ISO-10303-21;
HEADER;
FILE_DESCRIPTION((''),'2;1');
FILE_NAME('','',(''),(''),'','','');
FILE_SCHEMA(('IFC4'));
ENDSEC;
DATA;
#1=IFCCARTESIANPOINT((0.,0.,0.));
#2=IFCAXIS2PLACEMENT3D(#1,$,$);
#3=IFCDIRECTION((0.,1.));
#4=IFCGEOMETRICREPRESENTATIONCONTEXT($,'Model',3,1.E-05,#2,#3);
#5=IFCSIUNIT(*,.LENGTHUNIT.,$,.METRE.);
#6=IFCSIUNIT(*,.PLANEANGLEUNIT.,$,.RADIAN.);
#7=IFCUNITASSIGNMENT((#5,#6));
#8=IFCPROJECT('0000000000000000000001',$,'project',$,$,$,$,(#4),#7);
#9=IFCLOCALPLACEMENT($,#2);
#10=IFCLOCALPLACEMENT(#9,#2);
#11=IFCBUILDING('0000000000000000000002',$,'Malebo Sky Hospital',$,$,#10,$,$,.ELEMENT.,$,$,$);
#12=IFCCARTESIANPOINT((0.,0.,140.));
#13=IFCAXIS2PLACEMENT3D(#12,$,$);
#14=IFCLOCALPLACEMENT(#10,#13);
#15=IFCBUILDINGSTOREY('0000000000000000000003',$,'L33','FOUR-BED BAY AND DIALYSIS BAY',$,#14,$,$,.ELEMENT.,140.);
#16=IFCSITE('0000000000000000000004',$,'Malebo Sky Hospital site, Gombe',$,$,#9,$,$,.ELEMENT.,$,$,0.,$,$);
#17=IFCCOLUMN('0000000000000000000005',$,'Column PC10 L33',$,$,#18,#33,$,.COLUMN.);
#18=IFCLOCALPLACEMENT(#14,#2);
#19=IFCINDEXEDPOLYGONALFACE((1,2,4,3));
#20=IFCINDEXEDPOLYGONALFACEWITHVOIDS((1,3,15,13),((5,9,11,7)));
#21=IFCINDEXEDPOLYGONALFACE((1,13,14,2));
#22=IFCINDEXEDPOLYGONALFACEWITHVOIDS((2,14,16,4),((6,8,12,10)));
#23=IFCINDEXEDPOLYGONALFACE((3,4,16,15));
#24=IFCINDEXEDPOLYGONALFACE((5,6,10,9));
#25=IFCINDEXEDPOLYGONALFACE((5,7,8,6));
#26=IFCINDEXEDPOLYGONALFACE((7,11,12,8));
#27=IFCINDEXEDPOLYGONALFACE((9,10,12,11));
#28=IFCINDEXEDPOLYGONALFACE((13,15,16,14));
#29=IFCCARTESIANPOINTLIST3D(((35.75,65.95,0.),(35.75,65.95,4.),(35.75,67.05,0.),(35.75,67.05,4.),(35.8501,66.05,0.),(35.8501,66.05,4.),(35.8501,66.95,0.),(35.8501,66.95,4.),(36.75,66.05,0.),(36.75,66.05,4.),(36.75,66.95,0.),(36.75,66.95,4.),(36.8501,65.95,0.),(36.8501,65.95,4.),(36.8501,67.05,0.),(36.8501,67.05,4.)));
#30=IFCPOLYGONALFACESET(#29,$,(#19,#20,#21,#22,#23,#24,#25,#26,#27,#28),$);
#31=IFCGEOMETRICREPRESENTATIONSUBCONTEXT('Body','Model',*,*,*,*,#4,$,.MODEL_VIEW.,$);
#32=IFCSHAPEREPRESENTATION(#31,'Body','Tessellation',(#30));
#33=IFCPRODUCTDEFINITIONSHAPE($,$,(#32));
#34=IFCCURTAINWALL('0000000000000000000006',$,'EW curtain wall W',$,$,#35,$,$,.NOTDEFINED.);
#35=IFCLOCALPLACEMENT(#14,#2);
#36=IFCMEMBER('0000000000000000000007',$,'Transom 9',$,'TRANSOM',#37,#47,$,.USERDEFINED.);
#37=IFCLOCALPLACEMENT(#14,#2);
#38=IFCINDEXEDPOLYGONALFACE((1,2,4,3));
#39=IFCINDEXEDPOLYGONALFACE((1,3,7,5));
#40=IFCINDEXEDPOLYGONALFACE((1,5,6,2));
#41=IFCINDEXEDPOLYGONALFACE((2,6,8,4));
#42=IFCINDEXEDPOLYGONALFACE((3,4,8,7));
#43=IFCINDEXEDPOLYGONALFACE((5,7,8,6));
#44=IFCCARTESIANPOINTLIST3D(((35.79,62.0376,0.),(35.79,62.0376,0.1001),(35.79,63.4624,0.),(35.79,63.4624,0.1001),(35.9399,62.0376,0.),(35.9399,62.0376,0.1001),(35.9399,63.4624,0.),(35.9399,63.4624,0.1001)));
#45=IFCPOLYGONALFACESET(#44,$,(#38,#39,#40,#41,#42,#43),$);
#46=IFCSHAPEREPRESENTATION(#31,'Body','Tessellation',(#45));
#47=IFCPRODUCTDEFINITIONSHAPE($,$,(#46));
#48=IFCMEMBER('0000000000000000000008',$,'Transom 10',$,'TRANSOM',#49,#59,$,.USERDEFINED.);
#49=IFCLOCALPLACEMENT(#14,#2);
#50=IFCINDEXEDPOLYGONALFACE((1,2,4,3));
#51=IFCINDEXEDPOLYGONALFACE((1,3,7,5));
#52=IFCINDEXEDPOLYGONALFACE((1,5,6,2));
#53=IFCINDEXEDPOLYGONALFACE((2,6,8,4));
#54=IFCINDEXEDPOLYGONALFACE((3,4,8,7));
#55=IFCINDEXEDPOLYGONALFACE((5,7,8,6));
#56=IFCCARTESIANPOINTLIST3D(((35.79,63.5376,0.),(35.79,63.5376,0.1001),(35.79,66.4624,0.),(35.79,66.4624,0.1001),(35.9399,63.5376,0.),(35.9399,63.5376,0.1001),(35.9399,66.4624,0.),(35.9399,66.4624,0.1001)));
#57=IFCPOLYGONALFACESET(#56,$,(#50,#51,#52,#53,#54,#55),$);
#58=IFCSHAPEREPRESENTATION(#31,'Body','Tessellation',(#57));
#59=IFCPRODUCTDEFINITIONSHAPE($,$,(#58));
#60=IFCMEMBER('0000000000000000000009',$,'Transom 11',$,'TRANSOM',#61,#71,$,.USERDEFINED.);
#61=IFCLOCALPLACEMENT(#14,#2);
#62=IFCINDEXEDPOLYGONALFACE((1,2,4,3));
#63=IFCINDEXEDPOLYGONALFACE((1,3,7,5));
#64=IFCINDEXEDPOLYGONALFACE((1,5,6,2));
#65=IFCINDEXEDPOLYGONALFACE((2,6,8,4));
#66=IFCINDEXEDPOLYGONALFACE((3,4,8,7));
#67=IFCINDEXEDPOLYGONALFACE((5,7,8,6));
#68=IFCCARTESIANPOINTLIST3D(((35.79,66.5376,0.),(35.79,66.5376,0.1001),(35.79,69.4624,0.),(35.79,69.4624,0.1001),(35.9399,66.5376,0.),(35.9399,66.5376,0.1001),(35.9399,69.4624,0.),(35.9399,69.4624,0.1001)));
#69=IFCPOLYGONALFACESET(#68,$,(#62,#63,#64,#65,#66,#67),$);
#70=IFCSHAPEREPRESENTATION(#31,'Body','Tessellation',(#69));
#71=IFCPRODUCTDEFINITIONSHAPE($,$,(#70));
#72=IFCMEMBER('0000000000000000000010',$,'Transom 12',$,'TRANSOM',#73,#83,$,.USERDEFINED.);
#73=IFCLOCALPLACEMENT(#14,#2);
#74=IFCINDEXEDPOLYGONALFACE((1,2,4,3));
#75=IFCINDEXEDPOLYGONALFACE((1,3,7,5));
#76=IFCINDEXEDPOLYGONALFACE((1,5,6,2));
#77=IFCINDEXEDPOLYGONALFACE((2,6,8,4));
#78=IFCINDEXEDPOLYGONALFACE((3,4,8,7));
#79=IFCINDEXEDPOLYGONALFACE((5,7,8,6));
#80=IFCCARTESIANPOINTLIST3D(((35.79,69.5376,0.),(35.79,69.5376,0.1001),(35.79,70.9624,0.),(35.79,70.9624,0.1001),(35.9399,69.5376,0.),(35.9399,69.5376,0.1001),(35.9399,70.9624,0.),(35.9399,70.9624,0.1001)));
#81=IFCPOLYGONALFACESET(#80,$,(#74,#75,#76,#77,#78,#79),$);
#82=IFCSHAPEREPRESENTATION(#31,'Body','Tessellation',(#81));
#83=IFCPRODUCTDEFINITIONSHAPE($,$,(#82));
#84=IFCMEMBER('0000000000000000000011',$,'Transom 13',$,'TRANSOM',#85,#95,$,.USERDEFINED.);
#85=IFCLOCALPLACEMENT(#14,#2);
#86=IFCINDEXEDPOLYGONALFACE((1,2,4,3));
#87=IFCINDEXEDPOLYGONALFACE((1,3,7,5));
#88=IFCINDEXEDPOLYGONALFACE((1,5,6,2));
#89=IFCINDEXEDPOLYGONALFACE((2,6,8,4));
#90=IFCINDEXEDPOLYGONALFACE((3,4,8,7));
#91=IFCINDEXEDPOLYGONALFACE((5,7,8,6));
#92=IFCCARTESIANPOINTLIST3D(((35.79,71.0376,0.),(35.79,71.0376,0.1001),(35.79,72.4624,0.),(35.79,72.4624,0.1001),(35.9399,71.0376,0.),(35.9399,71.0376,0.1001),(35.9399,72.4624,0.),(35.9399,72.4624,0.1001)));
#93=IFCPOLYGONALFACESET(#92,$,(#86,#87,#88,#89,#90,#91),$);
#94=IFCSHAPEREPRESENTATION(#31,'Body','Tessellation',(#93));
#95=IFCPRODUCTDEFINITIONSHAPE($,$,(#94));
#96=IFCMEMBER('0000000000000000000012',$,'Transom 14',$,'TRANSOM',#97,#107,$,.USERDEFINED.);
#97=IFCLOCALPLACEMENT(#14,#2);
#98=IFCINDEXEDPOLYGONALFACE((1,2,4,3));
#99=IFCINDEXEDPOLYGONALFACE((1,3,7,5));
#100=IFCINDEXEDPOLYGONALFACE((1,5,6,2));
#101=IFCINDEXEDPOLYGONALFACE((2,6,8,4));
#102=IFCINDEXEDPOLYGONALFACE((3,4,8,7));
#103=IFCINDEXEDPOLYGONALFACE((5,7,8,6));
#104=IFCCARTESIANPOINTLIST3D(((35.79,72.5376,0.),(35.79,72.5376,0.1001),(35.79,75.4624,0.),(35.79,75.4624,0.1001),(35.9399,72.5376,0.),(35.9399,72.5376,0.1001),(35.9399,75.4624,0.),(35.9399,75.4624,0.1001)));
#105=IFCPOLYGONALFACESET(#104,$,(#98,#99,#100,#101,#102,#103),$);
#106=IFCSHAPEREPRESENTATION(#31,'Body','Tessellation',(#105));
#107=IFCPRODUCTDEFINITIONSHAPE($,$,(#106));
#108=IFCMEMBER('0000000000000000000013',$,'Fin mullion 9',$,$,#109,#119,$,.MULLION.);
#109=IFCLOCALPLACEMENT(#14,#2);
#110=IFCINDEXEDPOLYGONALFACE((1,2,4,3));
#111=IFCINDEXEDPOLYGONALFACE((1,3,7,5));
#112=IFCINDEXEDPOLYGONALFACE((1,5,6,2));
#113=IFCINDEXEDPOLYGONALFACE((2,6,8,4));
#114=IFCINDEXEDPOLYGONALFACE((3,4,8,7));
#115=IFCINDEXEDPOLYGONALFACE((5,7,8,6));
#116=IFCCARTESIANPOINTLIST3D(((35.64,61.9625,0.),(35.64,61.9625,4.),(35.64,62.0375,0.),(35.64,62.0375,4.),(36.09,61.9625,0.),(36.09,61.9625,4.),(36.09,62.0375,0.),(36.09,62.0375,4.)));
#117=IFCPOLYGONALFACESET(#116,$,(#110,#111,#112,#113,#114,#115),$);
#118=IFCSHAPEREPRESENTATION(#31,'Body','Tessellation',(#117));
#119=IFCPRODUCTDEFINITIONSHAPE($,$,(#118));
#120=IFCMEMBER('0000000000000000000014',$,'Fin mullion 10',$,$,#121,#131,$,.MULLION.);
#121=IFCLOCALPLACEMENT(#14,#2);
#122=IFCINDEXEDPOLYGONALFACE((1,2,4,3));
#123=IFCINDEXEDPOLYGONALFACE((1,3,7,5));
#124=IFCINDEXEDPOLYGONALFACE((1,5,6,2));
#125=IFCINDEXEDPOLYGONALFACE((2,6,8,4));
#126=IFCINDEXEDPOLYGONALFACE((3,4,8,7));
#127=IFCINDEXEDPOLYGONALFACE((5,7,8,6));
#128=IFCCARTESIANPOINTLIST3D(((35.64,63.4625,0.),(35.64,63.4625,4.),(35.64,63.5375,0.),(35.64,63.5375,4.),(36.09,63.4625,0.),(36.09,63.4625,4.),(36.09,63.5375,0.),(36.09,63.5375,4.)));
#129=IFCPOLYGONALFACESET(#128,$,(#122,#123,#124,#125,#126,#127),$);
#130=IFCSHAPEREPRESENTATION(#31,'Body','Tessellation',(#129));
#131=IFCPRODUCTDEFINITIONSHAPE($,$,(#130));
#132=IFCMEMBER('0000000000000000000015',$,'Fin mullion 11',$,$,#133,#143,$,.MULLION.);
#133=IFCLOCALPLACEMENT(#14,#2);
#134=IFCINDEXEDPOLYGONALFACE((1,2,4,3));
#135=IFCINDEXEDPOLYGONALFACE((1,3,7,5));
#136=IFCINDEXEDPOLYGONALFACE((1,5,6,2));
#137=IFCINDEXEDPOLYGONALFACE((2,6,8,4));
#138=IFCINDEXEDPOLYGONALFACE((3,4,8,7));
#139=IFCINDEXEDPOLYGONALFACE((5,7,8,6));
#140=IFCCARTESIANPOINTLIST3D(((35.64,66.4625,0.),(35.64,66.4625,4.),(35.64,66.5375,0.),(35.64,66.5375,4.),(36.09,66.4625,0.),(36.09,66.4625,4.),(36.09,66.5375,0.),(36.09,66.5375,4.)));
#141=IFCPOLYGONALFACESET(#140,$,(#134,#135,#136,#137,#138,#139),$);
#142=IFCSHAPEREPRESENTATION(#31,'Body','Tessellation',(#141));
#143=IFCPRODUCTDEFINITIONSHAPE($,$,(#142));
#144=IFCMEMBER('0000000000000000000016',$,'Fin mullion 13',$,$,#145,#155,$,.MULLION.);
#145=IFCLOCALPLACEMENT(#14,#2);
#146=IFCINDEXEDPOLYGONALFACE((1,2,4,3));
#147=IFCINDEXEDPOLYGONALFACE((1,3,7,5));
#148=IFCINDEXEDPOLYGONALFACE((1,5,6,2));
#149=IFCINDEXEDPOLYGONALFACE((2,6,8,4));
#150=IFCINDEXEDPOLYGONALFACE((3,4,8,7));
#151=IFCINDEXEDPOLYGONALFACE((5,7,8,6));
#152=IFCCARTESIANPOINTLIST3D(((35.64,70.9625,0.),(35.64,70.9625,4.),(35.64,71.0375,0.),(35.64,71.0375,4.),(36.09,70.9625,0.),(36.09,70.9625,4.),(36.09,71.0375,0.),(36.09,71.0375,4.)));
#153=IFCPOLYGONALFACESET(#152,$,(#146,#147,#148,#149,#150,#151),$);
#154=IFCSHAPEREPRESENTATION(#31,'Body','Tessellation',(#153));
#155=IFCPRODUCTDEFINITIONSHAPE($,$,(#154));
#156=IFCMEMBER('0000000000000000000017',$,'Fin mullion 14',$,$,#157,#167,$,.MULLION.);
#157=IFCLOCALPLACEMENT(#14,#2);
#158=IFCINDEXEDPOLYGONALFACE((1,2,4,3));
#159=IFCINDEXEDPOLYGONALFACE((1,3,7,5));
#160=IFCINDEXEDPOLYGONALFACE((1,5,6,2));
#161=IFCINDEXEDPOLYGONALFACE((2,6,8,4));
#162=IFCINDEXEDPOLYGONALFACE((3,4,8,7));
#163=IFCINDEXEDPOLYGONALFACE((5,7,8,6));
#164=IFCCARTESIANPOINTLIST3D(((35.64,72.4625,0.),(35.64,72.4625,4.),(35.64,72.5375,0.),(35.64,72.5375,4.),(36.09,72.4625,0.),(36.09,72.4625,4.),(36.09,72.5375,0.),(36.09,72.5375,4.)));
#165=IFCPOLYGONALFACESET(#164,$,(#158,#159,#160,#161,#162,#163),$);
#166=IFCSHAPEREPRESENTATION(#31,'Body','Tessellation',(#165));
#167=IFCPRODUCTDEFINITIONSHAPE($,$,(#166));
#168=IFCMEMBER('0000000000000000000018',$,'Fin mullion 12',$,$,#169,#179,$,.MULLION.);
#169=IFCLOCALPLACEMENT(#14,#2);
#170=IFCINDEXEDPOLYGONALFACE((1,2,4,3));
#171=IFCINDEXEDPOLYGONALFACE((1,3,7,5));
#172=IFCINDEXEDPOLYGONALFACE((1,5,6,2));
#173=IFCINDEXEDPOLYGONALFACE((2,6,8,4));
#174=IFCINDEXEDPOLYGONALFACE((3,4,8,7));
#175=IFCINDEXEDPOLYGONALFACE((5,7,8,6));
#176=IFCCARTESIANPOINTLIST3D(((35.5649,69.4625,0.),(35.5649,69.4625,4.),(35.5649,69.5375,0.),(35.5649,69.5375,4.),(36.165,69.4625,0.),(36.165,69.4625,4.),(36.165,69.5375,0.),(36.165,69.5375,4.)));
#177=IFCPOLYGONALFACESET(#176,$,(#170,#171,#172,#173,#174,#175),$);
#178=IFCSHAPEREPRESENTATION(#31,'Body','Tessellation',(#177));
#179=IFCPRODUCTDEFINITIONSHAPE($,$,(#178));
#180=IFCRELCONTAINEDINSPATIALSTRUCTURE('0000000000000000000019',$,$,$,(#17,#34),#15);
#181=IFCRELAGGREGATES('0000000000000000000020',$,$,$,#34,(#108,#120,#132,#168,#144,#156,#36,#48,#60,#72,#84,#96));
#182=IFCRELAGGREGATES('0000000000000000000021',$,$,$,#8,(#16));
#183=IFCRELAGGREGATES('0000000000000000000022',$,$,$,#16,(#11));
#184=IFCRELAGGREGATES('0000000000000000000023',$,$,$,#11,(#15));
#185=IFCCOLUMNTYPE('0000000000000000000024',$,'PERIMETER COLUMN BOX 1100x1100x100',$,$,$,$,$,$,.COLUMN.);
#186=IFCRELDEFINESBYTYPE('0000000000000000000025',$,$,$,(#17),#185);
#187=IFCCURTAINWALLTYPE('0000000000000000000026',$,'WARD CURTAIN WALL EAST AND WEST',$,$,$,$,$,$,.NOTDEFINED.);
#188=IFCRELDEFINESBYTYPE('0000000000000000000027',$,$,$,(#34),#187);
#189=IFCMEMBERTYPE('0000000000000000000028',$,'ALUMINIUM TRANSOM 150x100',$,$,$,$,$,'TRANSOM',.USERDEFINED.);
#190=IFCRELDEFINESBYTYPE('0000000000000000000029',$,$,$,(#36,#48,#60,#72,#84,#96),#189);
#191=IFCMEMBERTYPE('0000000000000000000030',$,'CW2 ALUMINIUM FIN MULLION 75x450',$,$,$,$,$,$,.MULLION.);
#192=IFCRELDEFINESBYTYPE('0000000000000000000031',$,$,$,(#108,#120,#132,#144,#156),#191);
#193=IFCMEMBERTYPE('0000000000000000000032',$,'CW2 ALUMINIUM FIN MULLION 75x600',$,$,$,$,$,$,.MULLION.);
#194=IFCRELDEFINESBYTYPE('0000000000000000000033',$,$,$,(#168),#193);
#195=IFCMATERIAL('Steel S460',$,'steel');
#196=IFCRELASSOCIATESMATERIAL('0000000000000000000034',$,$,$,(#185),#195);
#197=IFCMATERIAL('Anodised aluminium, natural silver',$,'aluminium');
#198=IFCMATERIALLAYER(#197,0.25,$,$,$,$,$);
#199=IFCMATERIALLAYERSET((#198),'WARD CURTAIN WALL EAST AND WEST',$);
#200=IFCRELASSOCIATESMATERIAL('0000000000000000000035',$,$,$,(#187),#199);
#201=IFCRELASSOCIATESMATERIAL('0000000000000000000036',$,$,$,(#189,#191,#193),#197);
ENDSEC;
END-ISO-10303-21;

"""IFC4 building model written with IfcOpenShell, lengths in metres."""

from ifc_helpers import new_model, si_unit, direction, frame, origin, origin_2d, place, context, subcontext, project, spatial, rectangle, hollow_rectangle, extrude, material, layer, layer_set, material_profile, profile_set, type_object, element, aggregate, save


model = new_model("IFC4")

# Units and contexts
model_context = context("Model", 3, precision=1e-05, world=origin(), true_north=direction((0.0, 1.0)))
body_context = subcontext(model_context, "Body", "Model", "MODEL_VIEW")
ifc_project = project(units=[si_unit("LENGTHUNIT", "METRE"), si_unit("PLANEANGLEUNIT", "RADIAN")], contexts=[model_context])

# Site, building, storey
site_placement = place(None, origin())
site = spatial("IfcSite", under=ifc_project, at=site_placement, Name="Malebo Sky Hospital site, Gombe", CompositionType="ELEMENT", RefElevation=0.0)
building_placement = place(site_placement, origin())
building = spatial("IfcBuilding", under=site, at=building_placement, Name="Malebo Sky Hospital", CompositionType="ELEMENT")
storey_placement = place(building_placement, frame((0.0, 0.0, 140.0)))
storey = spatial("IfcBuildingStorey", under=building, at=storey_placement, Name="L33", Description="FOUR-BED BAY AND DIALYSIS BAY", CompositionType="ELEMENT", Elevation=140.0)

# Column
ifc_material_1 = material(Name="Steel S460", Category="steel")
ifc_material_profile_1 = material_profile(ifc_material_1, hollow_rectangle(XDim=1.1001, YDim=1.1001, WallThickness=0.1001, at=origin_2d()), Name="BOX 1100x1100x100")
ifc_profile_set_1 = profile_set([ifc_material_profile_1], Name="Steel S460")
column_type = type_object("IfcColumnType", Name="PERIMETER COLUMN BOX 1100x1100x100", PredefinedType="COLUMN", material=ifc_profile_set_1)
column_placement = place(storey_placement, frame((36.3, 66.5, 0.0), z_axis=(0.0, 0.0, 1.0), x_axis=(1.0, 0.0, 0.0)))
element("IfcColumn", 1, at=column_placement, inside=storey, type_object=column_type, Name="Column PC10 L33", PredefinedType="COLUMN", context=body_context, shape_type="SweptSolid", body=[
    extrude(hollow_rectangle(XDim=1.1001, YDim=1.1001, WallThickness=0.1001, at=origin_2d()), origin(), (0.0, 0.0, 1.0), 4.0),
])

# Curtain wall, members
ifc_material_2 = material(Name="Anodised aluminium, natural silver", Category="aluminium")
ifc_layer_1 = layer(ifc_material_2, 0.25)
ifc_layer_set_1 = layer_set([ifc_layer_1], Name="WARD CURTAIN WALL EAST AND WEST")
curtain_wall_type = type_object("IfcCurtainWallType", Name="WARD CURTAIN WALL EAST AND WEST", PredefinedType="NOTDEFINED", material=ifc_layer_set_1)
curtain_wall_placement = place(storey_placement, origin())
curtain_wall = element("IfcCurtainWall", 2, at=curtain_wall_placement, inside=storey, type_object=curtain_wall_type, Name="EW curtain wall W", PredefinedType="NOTDEFINED")
ifc_material_profile_2 = material_profile(ifc_material_2, rectangle(XDim=0.1499, YDim=0.1001, at=origin_2d()), Name="ALUMINIUM TRANSOM 150x100")
ifc_profile_set_2 = profile_set([ifc_material_profile_2], Name="Anodised aluminium, natural silver")
member_type_1 = type_object("IfcMemberType", Name="ALUMINIUM TRANSOM 150x100", ElementType="TRANSOM", PredefinedType="USERDEFINED", material=ifc_profile_set_2)
member_1_placement = place(storey_placement, frame((35.865, 62.0376, 0.05), z_axis=(0.0, 1.0, 0.0), x_axis=(-1.0, 0.0, 0.0)))
member_1 = element("IfcMember", 3, at=member_1_placement, type_object=member_type_1, Name="Transom 9", ObjectType="TRANSOM", PredefinedType="USERDEFINED", context=body_context, shape_type="SweptSolid", body=[
    extrude(rectangle(XDim=0.1499, YDim=0.1001, at=origin_2d()), origin(), (0.0, 0.0, 1.0), 1.4248),
])
member_2_placement = place(storey_placement, frame((35.865, 63.5376, 0.05), z_axis=(0.0, 1.0, 0.0), x_axis=(-1.0, 0.0, 0.0)))
member_2 = element("IfcMember", 4, at=member_2_placement, type_object=member_type_1, Name="Transom 10", ObjectType="TRANSOM", PredefinedType="USERDEFINED", context=body_context, shape_type="SweptSolid", body=[
    extrude(rectangle(XDim=0.1499, YDim=0.1001, at=origin_2d()), origin(), (0.0, 0.0, 1.0), 2.9248),
])
member_3_placement = place(storey_placement, frame((35.865, 66.5376, 0.05), z_axis=(0.0, 1.0, 0.0), x_axis=(-1.0, 0.0, 0.0)))
member_3 = element("IfcMember", 5, at=member_3_placement, type_object=member_type_1, Name="Transom 11", ObjectType="TRANSOM", PredefinedType="USERDEFINED", context=body_context, shape_type="SweptSolid", body=[
    extrude(rectangle(XDim=0.1499, YDim=0.1001, at=origin_2d()), origin(), (0.0, 0.0, 1.0), 2.9248),
])
member_4_placement = place(storey_placement, frame((35.865, 69.5376, 0.05), z_axis=(0.0, 1.0, 0.0), x_axis=(-1.0, 0.0, 0.0)))
member_4 = element("IfcMember", 6, at=member_4_placement, type_object=member_type_1, Name="Transom 12", ObjectType="TRANSOM", PredefinedType="USERDEFINED", context=body_context, shape_type="SweptSolid", body=[
    extrude(rectangle(XDim=0.1499, YDim=0.1001, at=origin_2d()), origin(), (0.0, 0.0, 1.0), 1.4248),
])
member_5_placement = place(storey_placement, frame((35.865, 71.0376, 0.05), z_axis=(0.0, 1.0, 0.0), x_axis=(-1.0, 0.0, 0.0)))
member_5 = element("IfcMember", 7, at=member_5_placement, type_object=member_type_1, Name="Transom 13", ObjectType="TRANSOM", PredefinedType="USERDEFINED", context=body_context, shape_type="SweptSolid", body=[
    extrude(rectangle(XDim=0.1499, YDim=0.1001, at=origin_2d()), origin(), (0.0, 0.0, 1.0), 1.4248),
])
member_6_placement = place(storey_placement, frame((35.865, 72.5376, 0.05), z_axis=(0.0, 1.0, 0.0), x_axis=(-1.0, 0.0, 0.0)))
member_6 = element("IfcMember", 8, at=member_6_placement, type_object=member_type_1, Name="Transom 14", ObjectType="TRANSOM", PredefinedType="USERDEFINED", context=body_context, shape_type="SweptSolid", body=[
    extrude(rectangle(XDim=0.1499, YDim=0.1001, at=origin_2d()), origin(), (0.0, 0.0, 1.0), 2.9248),
])
ifc_material_profile_3 = material_profile(ifc_material_2, rectangle(XDim=0.075, YDim=0.45, at=origin_2d()), Name="CW2 ALUMINIUM FIN MULLION 75x450")
ifc_profile_set_3 = profile_set([ifc_material_profile_3], Name="Anodised aluminium, natural silver")
member_type_2 = type_object("IfcMemberType", Name="CW2 ALUMINIUM FIN MULLION 75x450", PredefinedType="MULLION", material=ifc_profile_set_3)
member_7_placement = place(storey_placement, frame((35.865, 62.0, 0.0), z_axis=(0.0, 0.0, 1.0), x_axis=(0.0, 1.0, 0.0)))
member_7 = element("IfcMember", 9, at=member_7_placement, type_object=member_type_2, Name="Fin mullion 9", PredefinedType="MULLION", context=body_context, shape_type="SweptSolid", body=[
    extrude(rectangle(XDim=0.075, YDim=0.45, at=origin_2d()), origin(), (0.0, 0.0, 1.0), 4.0),
])
member_8_placement = place(storey_placement, frame((35.865, 63.5, 0.0), z_axis=(0.0, 0.0, 1.0), x_axis=(0.0, 1.0, 0.0)))
member_8 = element("IfcMember", 10, at=member_8_placement, type_object=member_type_2, Name="Fin mullion 10", PredefinedType="MULLION", context=body_context, shape_type="SweptSolid", body=[
    extrude(rectangle(XDim=0.075, YDim=0.45, at=origin_2d()), origin(), (0.0, 0.0, 1.0), 4.0),
])
member_9_placement = place(storey_placement, frame((35.865, 66.5, 0.0), z_axis=(0.0, 0.0, 1.0), x_axis=(0.0, 1.0, 0.0)))
member_9 = element("IfcMember", 11, at=member_9_placement, type_object=member_type_2, Name="Fin mullion 11", PredefinedType="MULLION", context=body_context, shape_type="SweptSolid", body=[
    extrude(rectangle(XDim=0.075, YDim=0.45, at=origin_2d()), origin(), (0.0, 0.0, 1.0), 4.0),
])
member_10_placement = place(storey_placement, frame((35.865, 71.0, 0.0), z_axis=(0.0, 0.0, 1.0), x_axis=(0.0, 1.0, 0.0)))
member_10 = element("IfcMember", 12, at=member_10_placement, type_object=member_type_2, Name="Fin mullion 13", PredefinedType="MULLION", context=body_context, shape_type="SweptSolid", body=[
    extrude(rectangle(XDim=0.075, YDim=0.45, at=origin_2d()), origin(), (0.0, 0.0, 1.0), 4.0),
])
member_11_placement = place(storey_placement, frame((35.865, 72.5, 0.0), z_axis=(0.0, 0.0, 1.0), x_axis=(0.0, 1.0, 0.0)))
member_11 = element("IfcMember", 13, at=member_11_placement, type_object=member_type_2, Name="Fin mullion 14", PredefinedType="MULLION", context=body_context, shape_type="SweptSolid", body=[
    extrude(rectangle(XDim=0.075, YDim=0.45, at=origin_2d()), origin(), (0.0, 0.0, 1.0), 4.0),
])
ifc_material_profile_4 = material_profile(ifc_material_2, rectangle(XDim=0.075, YDim=0.6001, at=origin_2d()), Name="CW2 ALUMINIUM FIN MULLION 75x600")
ifc_profile_set_4 = profile_set([ifc_material_profile_4], Name="Anodised aluminium, natural silver")
member_type_3 = type_object("IfcMemberType", Name="CW2 ALUMINIUM FIN MULLION 75x600", PredefinedType="MULLION", material=ifc_profile_set_4)
member_12_placement = place(storey_placement, frame((35.865, 69.5, 0.0), z_axis=(0.0, 0.0, 1.0), x_axis=(0.0, 1.0, 0.0)))
member_12 = element("IfcMember", 14, at=member_12_placement, type_object=member_type_3, Name="Fin mullion 12", PredefinedType="MULLION", context=body_context, shape_type="SweptSolid", body=[
    extrude(rectangle(XDim=0.075, YDim=0.6001, at=origin_2d()), origin(), (0.0, 0.0, 1.0), 4.0),
])

aggregate(curtain_wall, [member_7, member_8, member_9, member_12, member_10, member_11, member_1, member_2, member_3, member_4, member_5, member_6])

save(model, "model.ifc")
